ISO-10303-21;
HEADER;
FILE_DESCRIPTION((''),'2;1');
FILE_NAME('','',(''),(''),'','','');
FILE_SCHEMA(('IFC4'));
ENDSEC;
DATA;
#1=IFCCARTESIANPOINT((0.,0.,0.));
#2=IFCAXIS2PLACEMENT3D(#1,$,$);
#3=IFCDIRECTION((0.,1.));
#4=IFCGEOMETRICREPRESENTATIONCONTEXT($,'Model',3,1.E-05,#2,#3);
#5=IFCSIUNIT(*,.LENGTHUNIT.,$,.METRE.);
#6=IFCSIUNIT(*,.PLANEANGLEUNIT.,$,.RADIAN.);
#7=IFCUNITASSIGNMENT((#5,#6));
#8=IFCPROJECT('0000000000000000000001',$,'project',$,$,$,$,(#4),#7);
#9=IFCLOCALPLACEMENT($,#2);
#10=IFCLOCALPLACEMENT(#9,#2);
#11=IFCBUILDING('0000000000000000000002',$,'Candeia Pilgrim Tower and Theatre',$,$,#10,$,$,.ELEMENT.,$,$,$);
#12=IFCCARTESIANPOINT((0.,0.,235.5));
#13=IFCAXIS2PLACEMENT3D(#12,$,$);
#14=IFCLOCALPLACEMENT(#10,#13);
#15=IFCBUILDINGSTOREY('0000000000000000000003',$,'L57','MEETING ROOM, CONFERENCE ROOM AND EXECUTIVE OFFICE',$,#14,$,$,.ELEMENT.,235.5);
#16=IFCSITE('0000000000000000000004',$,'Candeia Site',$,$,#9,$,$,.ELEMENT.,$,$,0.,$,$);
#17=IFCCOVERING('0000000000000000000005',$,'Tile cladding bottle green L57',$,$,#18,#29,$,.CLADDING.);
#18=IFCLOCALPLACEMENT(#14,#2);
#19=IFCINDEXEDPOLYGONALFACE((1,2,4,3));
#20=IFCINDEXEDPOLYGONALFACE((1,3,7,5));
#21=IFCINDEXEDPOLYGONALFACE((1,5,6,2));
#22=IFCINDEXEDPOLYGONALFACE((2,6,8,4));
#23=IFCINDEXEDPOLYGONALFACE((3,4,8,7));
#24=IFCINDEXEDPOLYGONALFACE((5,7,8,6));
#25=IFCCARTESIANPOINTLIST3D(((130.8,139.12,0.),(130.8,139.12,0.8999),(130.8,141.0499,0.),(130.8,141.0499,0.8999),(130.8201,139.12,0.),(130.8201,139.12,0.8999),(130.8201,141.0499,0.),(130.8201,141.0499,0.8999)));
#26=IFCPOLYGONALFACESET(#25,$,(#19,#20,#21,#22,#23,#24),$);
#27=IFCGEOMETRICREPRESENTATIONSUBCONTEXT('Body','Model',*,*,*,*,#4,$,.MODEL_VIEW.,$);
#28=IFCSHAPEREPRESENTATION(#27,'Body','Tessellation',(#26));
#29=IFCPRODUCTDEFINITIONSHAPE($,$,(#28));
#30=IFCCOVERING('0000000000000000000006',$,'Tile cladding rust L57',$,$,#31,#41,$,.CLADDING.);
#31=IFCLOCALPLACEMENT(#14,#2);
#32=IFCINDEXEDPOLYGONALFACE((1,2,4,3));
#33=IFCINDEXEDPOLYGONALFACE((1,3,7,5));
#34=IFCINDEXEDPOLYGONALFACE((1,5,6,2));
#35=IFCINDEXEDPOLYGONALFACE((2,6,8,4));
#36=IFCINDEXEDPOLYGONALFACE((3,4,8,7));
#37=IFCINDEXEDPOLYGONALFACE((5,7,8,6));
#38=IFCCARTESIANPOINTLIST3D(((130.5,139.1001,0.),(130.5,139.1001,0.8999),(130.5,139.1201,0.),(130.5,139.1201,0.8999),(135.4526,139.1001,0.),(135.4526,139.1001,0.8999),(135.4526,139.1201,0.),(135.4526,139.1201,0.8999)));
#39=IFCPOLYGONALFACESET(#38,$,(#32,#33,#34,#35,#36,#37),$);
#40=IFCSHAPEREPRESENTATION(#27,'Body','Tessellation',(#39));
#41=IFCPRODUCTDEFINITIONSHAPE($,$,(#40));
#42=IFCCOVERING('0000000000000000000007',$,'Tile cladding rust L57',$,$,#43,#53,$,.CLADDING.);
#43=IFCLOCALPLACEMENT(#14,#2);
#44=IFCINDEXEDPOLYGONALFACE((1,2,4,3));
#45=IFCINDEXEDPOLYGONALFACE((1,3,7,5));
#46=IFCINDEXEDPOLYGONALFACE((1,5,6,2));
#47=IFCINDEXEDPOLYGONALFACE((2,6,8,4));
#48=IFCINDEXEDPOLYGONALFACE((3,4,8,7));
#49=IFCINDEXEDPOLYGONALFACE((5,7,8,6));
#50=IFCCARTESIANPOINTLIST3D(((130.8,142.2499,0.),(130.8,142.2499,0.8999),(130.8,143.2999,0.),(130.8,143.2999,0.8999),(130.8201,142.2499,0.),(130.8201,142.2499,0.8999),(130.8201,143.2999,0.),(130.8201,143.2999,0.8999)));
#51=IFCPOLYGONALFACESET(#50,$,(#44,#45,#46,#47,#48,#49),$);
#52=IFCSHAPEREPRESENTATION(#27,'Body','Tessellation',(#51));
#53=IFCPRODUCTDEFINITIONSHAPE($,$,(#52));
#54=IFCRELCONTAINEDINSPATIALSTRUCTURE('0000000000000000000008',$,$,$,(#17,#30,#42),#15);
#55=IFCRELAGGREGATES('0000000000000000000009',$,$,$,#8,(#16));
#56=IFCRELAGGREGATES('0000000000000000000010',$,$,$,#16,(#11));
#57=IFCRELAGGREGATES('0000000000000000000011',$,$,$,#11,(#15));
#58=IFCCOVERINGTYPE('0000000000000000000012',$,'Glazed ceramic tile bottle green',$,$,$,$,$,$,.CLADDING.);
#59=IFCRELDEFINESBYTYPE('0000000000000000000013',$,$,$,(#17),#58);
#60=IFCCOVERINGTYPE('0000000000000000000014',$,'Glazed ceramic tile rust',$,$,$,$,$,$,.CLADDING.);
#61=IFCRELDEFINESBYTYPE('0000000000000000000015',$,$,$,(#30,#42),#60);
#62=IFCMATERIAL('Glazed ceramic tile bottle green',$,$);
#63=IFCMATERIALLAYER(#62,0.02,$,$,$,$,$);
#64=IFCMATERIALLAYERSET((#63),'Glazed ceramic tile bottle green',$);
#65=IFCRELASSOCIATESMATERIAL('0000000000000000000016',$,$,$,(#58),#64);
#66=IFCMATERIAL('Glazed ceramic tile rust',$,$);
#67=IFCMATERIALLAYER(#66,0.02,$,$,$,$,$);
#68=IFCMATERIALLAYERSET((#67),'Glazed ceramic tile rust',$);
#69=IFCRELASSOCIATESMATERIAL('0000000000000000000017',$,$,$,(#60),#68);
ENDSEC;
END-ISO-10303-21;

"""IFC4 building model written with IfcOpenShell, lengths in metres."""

from ifc_helpers import new_model, si_unit, direction, frame, origin, origin_2d, place, context, subcontext, project, spatial, rectangle, extrude, material, layer, layer_set, type_object, element, save


model = new_model("IFC4")

# Units and contexts
model_context = context("Model", 3, precision=1e-05, world=origin(), true_north=direction((0.0, 1.0)))
body_context = subcontext(model_context, "Body", "Model", "MODEL_VIEW")
ifc_project = project(units=[si_unit("LENGTHUNIT", "METRE"), si_unit("PLANEANGLEUNIT", "RADIAN")], contexts=[model_context])

# Site, building, storey
site_placement = place(None, origin())
site = spatial("IfcSite", under=ifc_project, at=site_placement, Name="Candeia Site", CompositionType="ELEMENT", RefElevation=0.0)
building_placement = place(site_placement, origin())
building = spatial("IfcBuilding", under=site, at=building_placement, Name="Candeia Pilgrim Tower and Theatre", CompositionType="ELEMENT")
storey_placement = place(building_placement, frame((0.0, 0.0, 235.5)))
storey = spatial("IfcBuildingStorey", under=building, at=storey_placement, Name="L57", Description="MEETING ROOM, CONFERENCE ROOM AND EXECUTIVE OFFICE", CompositionType="ELEMENT", Elevation=235.5)

# Coverings
ifc_material_1 = material(Name="Glazed ceramic tile bottle green")
ifc_layer_1 = layer(ifc_material_1, 0.02)
ifc_layer_set_1 = layer_set([ifc_layer_1], Name="Glazed ceramic tile bottle green")
covering_type_1 = type_object("IfcCoveringType", Name="Glazed ceramic tile bottle green", PredefinedType="CLADDING", material=ifc_layer_set_1)
covering_1_placement = place(storey_placement, frame((130.8101, 140.085, 0.0), z_axis=(0.0, 0.0, 1.0), x_axis=(0.0, 1.0, 0.0)))
element("IfcCovering", 1, at=covering_1_placement, inside=storey, type_object=covering_type_1, Name="Tile cladding bottle green L57", PredefinedType="CLADDING", context=body_context, shape_type="SweptSolid", body=[
    extrude(rectangle(XDim=1.9299, YDim=0.02, at=origin_2d()), origin(), (0.0, 0.0, 1.0), 0.8999),
])
ifc_material_2 = material(Name="Glazed ceramic tile rust")
ifc_layer_2 = layer(ifc_material_2, 0.02)
ifc_layer_set_2 = layer_set([ifc_layer_2], Name="Glazed ceramic tile rust")
covering_type_2 = type_object("IfcCoveringType", Name="Glazed ceramic tile rust", PredefinedType="CLADDING", material=ifc_layer_set_2)
covering_2_placement = place(storey_placement, frame((132.9763, 139.1101, 0.0), z_axis=(0.0, 0.0, 1.0), x_axis=(-1.0, 0.0, 0.0)))
element("IfcCovering", 2, at=covering_2_placement, inside=storey, type_object=covering_type_2, Name="Tile cladding rust L57", PredefinedType="CLADDING", context=body_context, shape_type="SweptSolid", body=[
    extrude(rectangle(XDim=4.9526, YDim=0.02, at=origin_2d()), origin(), (0.0, 0.0, 1.0), 0.8999),
])
covering_3_placement = place(storey_placement, frame((130.8101, 142.7749, 0.0), z_axis=(0.0, 0.0, 1.0), x_axis=(0.0, 1.0, 0.0)))
element("IfcCovering", 3, at=covering_3_placement, inside=storey, type_object=covering_type_2, Name="Tile cladding rust L57", PredefinedType="CLADDING", context=body_context, shape_type="SweptSolid", body=[
    extrude(rectangle(XDim=1.05, YDim=0.02, at=origin_2d()), origin(), (0.0, 0.0, 1.0), 0.8999),
])

save(model, "model.ifc")
